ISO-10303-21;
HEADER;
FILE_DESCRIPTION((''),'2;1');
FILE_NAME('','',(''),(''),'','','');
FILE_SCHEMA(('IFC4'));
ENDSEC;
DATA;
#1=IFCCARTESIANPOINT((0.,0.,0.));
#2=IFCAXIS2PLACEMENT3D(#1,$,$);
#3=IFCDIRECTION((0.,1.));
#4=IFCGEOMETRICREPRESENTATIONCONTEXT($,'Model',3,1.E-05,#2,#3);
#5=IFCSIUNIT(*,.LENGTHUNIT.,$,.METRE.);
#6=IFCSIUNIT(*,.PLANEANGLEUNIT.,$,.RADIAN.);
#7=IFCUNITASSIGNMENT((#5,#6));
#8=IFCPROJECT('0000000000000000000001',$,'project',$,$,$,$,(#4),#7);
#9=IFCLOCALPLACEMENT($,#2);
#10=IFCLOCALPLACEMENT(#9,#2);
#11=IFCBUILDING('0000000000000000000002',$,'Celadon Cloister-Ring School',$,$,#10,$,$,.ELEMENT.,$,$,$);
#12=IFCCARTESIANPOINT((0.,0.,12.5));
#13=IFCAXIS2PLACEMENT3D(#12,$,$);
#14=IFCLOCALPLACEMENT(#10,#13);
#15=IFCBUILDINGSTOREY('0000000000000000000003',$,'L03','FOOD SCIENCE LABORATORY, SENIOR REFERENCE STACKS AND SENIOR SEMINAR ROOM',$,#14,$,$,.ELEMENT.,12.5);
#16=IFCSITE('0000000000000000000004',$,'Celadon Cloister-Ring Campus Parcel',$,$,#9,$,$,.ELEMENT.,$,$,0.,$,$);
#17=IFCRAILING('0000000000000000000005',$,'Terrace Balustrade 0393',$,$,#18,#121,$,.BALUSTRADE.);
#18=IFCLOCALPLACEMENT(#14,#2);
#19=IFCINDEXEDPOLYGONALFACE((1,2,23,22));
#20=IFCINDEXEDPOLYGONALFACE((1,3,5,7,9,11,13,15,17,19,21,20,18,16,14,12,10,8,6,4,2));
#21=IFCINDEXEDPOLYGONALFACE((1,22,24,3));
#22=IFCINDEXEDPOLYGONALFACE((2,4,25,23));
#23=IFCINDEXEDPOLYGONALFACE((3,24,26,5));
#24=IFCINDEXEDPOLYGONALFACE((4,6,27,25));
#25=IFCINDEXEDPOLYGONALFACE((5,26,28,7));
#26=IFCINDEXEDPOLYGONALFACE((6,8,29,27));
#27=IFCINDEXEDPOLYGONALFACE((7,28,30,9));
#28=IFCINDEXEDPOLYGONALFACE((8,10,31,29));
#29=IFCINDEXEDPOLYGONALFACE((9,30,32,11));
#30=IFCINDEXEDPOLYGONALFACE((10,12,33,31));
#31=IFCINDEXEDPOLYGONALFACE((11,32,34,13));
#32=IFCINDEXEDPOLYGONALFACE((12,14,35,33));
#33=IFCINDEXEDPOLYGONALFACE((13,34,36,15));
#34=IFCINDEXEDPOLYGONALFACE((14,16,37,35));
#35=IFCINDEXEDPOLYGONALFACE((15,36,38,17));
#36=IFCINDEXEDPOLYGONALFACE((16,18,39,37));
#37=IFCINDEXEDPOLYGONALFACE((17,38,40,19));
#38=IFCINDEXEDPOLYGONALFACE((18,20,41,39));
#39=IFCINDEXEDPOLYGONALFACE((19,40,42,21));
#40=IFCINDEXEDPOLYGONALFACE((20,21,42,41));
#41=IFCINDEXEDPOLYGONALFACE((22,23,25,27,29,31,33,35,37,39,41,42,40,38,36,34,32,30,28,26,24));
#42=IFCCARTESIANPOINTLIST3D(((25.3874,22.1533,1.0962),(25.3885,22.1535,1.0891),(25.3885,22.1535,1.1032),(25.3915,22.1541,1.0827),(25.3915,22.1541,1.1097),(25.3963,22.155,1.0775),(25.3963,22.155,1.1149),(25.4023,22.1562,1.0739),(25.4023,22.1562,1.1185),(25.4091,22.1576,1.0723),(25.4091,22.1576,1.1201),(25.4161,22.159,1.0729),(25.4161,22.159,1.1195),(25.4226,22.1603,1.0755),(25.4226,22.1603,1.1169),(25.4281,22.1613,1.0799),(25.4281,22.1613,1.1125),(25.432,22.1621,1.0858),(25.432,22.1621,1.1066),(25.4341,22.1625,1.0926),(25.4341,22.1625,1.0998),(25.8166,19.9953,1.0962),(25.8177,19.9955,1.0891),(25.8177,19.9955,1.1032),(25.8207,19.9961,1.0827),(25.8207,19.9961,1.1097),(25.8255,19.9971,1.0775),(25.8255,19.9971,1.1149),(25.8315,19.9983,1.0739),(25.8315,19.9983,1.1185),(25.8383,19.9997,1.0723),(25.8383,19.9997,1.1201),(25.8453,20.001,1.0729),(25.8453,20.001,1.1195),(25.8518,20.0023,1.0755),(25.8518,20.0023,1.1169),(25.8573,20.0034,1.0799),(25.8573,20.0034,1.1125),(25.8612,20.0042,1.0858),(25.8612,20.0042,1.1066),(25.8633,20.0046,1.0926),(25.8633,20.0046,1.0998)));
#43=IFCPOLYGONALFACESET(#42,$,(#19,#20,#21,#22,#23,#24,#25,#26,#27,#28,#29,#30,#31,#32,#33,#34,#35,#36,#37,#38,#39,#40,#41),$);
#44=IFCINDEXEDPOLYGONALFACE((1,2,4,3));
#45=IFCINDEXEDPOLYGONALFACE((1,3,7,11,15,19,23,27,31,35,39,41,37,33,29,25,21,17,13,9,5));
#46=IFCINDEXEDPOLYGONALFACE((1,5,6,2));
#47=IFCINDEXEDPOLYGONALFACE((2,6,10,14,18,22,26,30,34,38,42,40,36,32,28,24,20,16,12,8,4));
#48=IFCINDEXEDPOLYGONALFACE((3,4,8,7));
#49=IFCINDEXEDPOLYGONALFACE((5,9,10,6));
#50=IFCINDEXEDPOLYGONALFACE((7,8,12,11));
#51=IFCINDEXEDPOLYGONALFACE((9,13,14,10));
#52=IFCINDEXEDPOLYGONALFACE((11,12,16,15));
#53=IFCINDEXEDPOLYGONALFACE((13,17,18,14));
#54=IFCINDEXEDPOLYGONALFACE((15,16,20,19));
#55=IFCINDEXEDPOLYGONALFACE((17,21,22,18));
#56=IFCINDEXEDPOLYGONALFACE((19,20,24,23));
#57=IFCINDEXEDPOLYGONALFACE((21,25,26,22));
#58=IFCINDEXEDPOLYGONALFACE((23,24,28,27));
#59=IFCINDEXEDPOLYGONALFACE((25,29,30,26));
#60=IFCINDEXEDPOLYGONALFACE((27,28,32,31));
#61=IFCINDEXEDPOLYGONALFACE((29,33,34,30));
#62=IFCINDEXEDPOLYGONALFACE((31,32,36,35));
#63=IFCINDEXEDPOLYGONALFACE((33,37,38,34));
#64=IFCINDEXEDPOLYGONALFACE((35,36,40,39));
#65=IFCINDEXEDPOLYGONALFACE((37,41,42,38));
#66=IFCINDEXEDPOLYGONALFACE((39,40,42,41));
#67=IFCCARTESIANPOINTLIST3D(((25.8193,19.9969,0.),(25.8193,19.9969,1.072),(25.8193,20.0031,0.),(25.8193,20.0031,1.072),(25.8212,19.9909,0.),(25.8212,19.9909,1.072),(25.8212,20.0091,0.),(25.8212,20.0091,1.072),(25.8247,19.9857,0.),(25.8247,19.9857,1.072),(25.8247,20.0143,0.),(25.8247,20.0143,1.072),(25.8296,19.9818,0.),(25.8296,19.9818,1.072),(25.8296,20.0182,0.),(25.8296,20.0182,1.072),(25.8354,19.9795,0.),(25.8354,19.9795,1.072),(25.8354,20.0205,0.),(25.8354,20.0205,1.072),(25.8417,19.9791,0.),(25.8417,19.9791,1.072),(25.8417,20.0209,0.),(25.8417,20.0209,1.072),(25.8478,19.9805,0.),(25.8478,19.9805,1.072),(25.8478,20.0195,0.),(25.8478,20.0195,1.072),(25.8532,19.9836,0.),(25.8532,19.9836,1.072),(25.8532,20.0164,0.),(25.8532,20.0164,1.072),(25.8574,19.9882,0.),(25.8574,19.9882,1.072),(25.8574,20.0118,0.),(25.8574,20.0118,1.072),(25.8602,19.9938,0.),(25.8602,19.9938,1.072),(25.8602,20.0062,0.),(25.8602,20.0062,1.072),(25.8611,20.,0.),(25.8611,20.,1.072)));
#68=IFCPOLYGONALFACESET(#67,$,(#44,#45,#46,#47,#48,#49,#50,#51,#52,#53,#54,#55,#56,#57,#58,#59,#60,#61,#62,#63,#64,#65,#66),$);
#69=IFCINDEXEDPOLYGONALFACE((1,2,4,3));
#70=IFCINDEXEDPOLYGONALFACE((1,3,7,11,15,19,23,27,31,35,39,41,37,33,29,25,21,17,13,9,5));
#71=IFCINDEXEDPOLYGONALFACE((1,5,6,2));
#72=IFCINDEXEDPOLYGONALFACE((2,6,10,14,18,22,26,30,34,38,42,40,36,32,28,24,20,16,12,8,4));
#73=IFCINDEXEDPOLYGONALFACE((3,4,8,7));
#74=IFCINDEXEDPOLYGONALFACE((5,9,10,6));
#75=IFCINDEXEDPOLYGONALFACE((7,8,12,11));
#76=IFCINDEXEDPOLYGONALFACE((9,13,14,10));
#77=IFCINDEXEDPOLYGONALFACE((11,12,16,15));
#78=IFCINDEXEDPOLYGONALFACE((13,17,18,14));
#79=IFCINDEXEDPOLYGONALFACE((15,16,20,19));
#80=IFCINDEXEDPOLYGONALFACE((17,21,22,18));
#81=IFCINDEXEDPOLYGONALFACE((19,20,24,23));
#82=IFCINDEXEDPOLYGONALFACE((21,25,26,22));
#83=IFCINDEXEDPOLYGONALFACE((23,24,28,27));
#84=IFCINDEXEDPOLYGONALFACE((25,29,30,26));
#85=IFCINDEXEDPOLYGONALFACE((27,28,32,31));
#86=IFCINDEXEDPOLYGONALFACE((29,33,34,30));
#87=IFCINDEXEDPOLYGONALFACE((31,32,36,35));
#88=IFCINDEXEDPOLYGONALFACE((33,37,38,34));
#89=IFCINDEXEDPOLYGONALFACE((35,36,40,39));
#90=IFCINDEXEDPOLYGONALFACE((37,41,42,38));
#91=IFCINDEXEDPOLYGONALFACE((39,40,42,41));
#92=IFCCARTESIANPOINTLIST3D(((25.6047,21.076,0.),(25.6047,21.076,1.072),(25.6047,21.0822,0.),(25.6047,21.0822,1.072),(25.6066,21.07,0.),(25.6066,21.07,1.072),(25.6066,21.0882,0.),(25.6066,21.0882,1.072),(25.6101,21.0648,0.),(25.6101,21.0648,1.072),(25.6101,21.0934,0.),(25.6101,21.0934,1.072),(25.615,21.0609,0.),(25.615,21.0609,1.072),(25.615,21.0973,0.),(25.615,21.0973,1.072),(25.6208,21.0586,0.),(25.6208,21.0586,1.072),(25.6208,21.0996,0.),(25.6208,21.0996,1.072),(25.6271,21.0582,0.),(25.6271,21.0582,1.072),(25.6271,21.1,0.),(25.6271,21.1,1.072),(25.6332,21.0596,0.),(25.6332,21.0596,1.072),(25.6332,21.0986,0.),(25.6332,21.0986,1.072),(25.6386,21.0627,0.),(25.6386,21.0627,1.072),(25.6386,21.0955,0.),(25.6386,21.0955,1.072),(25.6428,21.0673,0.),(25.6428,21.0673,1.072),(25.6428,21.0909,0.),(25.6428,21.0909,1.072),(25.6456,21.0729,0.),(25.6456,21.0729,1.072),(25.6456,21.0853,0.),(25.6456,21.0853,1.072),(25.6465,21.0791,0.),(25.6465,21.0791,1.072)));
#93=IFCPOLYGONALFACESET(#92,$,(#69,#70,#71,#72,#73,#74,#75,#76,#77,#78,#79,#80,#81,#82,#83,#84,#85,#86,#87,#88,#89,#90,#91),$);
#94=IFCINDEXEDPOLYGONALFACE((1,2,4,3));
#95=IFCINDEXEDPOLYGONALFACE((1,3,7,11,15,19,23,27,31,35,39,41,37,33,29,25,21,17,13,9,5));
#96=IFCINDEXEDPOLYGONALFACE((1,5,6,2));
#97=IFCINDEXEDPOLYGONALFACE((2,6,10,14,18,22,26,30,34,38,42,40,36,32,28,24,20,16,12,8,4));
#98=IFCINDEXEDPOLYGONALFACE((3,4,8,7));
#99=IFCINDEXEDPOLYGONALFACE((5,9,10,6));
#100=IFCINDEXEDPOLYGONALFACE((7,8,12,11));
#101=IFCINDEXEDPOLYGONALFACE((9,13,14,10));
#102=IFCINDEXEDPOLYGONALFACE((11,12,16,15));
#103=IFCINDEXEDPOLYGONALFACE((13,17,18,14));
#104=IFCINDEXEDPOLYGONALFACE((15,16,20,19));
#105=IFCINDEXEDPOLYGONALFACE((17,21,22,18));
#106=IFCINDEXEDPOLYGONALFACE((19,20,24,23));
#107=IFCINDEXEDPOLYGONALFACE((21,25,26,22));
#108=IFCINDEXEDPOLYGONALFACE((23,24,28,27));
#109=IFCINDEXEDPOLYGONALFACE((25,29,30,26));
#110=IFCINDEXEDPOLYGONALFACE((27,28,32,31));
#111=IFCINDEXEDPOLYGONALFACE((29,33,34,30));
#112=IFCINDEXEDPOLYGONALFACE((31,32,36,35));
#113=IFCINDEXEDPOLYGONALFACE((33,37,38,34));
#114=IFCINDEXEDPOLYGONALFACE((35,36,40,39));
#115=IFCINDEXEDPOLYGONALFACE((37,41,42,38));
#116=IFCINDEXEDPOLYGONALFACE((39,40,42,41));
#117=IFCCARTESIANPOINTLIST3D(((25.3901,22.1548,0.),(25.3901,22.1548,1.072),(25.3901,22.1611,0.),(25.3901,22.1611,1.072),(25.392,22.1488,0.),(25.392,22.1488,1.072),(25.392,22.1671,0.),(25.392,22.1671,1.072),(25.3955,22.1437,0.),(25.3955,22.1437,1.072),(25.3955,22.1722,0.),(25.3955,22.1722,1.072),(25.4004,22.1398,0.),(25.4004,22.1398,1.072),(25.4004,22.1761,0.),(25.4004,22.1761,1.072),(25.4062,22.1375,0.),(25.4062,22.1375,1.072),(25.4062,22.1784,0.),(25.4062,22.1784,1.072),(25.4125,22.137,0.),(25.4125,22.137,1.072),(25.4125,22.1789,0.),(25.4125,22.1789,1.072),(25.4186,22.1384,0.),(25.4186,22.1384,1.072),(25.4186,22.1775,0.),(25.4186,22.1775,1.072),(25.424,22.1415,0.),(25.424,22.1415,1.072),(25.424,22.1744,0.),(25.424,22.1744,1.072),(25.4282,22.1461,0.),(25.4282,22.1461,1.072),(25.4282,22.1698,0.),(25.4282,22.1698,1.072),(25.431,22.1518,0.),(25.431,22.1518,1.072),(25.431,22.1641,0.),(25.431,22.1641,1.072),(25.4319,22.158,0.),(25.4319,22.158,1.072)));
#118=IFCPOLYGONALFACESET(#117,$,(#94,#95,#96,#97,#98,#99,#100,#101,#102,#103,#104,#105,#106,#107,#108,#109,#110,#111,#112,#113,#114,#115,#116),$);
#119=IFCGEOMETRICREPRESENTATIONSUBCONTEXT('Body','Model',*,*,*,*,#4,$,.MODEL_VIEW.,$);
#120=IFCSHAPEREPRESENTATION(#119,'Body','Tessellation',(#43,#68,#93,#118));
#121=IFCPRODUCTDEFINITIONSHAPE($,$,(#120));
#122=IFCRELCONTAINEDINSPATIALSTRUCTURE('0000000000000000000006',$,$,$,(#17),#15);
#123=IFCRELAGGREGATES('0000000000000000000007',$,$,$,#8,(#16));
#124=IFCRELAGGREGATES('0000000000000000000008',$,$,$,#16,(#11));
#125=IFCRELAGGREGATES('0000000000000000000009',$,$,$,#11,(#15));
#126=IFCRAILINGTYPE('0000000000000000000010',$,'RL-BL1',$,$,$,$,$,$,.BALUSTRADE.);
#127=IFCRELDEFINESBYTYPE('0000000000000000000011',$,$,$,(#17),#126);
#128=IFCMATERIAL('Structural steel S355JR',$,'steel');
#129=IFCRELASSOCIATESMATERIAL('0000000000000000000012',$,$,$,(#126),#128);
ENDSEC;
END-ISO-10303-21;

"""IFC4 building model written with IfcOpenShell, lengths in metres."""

from ifc_helpers import new_model, si_unit, direction, frame, origin, origin_2d, place, context, subcontext, project, spatial, circle, extrude, material, type_object, element, save


model = new_model("IFC4")

# Units and contexts
model_context = context("Model", 3, precision=1e-05, world=origin(), true_north=direction((0.0, 1.0)))
body_context = subcontext(model_context, "Body", "Model", "MODEL_VIEW")
ifc_project = project(units=[si_unit("LENGTHUNIT", "METRE"), si_unit("PLANEANGLEUNIT", "RADIAN")], contexts=[model_context])

# Site, building, storey
site_placement = place(None, origin())
site = spatial("IfcSite", under=ifc_project, at=site_placement, Name="Celadon Cloister-Ring Campus Parcel", CompositionType="ELEMENT", RefElevation=0.0)
building_placement = place(site_placement, origin())
building = spatial("IfcBuilding", under=site, at=building_placement, Name="Celadon Cloister-Ring School", CompositionType="ELEMENT")
storey_placement = place(building_placement, frame((0.0, 0.0, 12.5)))
storey = spatial("IfcBuildingStorey", under=building, at=storey_placement, Name="L03", Description="FOOD SCIENCE LABORATORY, SENIOR REFERENCE STACKS AND SENIOR SEMINAR ROOM", CompositionType="ELEMENT", Elevation=12.5)

# Railing
ifc_material_1 = material(Name="Structural steel S355JR", Category="steel")
railing_type_1 = type_object("IfcRailingType", Name="RL-BL1", PredefinedType="BALUSTRADE", material=ifc_material_1)
railing_1_placement = place(storey_placement, frame((25.8401, 20.0, 0.0)))
element("IfcRailing", 1, at=railing_1_placement, inside=storey, type_object=railing_type_1, Name="Terrace Balustrade 0393", PredefinedType="BALUSTRADE", context=body_context, shape_type="SweptSolid", body=[
    extrude(circle(Radius=0.0239, at=origin_2d()), frame((0.0, 0.0, 1.0962), z_axis=(-0.19507, 0.980789, 0.0), x_axis=(-0.980789, -0.19507, 0.0)), (0.0, 0.0, 1.0), 2.2002),
    extrude(circle(Radius=0.021, at=origin_2d()), origin(), (0.0, 0.0, 1.0), 1.072),
    extrude(circle(Radius=0.021, at=origin_2d()), frame((-0.2146, 1.0791, 0.0)), (0.0, 0.0, 1.0), 1.072),
    extrude(circle(Radius=0.021, at=origin_2d()), frame((-0.4292, 2.158, 0.0)), (0.0, 0.0, 1.0), 1.072),
])

save(model, "model.ifc")
